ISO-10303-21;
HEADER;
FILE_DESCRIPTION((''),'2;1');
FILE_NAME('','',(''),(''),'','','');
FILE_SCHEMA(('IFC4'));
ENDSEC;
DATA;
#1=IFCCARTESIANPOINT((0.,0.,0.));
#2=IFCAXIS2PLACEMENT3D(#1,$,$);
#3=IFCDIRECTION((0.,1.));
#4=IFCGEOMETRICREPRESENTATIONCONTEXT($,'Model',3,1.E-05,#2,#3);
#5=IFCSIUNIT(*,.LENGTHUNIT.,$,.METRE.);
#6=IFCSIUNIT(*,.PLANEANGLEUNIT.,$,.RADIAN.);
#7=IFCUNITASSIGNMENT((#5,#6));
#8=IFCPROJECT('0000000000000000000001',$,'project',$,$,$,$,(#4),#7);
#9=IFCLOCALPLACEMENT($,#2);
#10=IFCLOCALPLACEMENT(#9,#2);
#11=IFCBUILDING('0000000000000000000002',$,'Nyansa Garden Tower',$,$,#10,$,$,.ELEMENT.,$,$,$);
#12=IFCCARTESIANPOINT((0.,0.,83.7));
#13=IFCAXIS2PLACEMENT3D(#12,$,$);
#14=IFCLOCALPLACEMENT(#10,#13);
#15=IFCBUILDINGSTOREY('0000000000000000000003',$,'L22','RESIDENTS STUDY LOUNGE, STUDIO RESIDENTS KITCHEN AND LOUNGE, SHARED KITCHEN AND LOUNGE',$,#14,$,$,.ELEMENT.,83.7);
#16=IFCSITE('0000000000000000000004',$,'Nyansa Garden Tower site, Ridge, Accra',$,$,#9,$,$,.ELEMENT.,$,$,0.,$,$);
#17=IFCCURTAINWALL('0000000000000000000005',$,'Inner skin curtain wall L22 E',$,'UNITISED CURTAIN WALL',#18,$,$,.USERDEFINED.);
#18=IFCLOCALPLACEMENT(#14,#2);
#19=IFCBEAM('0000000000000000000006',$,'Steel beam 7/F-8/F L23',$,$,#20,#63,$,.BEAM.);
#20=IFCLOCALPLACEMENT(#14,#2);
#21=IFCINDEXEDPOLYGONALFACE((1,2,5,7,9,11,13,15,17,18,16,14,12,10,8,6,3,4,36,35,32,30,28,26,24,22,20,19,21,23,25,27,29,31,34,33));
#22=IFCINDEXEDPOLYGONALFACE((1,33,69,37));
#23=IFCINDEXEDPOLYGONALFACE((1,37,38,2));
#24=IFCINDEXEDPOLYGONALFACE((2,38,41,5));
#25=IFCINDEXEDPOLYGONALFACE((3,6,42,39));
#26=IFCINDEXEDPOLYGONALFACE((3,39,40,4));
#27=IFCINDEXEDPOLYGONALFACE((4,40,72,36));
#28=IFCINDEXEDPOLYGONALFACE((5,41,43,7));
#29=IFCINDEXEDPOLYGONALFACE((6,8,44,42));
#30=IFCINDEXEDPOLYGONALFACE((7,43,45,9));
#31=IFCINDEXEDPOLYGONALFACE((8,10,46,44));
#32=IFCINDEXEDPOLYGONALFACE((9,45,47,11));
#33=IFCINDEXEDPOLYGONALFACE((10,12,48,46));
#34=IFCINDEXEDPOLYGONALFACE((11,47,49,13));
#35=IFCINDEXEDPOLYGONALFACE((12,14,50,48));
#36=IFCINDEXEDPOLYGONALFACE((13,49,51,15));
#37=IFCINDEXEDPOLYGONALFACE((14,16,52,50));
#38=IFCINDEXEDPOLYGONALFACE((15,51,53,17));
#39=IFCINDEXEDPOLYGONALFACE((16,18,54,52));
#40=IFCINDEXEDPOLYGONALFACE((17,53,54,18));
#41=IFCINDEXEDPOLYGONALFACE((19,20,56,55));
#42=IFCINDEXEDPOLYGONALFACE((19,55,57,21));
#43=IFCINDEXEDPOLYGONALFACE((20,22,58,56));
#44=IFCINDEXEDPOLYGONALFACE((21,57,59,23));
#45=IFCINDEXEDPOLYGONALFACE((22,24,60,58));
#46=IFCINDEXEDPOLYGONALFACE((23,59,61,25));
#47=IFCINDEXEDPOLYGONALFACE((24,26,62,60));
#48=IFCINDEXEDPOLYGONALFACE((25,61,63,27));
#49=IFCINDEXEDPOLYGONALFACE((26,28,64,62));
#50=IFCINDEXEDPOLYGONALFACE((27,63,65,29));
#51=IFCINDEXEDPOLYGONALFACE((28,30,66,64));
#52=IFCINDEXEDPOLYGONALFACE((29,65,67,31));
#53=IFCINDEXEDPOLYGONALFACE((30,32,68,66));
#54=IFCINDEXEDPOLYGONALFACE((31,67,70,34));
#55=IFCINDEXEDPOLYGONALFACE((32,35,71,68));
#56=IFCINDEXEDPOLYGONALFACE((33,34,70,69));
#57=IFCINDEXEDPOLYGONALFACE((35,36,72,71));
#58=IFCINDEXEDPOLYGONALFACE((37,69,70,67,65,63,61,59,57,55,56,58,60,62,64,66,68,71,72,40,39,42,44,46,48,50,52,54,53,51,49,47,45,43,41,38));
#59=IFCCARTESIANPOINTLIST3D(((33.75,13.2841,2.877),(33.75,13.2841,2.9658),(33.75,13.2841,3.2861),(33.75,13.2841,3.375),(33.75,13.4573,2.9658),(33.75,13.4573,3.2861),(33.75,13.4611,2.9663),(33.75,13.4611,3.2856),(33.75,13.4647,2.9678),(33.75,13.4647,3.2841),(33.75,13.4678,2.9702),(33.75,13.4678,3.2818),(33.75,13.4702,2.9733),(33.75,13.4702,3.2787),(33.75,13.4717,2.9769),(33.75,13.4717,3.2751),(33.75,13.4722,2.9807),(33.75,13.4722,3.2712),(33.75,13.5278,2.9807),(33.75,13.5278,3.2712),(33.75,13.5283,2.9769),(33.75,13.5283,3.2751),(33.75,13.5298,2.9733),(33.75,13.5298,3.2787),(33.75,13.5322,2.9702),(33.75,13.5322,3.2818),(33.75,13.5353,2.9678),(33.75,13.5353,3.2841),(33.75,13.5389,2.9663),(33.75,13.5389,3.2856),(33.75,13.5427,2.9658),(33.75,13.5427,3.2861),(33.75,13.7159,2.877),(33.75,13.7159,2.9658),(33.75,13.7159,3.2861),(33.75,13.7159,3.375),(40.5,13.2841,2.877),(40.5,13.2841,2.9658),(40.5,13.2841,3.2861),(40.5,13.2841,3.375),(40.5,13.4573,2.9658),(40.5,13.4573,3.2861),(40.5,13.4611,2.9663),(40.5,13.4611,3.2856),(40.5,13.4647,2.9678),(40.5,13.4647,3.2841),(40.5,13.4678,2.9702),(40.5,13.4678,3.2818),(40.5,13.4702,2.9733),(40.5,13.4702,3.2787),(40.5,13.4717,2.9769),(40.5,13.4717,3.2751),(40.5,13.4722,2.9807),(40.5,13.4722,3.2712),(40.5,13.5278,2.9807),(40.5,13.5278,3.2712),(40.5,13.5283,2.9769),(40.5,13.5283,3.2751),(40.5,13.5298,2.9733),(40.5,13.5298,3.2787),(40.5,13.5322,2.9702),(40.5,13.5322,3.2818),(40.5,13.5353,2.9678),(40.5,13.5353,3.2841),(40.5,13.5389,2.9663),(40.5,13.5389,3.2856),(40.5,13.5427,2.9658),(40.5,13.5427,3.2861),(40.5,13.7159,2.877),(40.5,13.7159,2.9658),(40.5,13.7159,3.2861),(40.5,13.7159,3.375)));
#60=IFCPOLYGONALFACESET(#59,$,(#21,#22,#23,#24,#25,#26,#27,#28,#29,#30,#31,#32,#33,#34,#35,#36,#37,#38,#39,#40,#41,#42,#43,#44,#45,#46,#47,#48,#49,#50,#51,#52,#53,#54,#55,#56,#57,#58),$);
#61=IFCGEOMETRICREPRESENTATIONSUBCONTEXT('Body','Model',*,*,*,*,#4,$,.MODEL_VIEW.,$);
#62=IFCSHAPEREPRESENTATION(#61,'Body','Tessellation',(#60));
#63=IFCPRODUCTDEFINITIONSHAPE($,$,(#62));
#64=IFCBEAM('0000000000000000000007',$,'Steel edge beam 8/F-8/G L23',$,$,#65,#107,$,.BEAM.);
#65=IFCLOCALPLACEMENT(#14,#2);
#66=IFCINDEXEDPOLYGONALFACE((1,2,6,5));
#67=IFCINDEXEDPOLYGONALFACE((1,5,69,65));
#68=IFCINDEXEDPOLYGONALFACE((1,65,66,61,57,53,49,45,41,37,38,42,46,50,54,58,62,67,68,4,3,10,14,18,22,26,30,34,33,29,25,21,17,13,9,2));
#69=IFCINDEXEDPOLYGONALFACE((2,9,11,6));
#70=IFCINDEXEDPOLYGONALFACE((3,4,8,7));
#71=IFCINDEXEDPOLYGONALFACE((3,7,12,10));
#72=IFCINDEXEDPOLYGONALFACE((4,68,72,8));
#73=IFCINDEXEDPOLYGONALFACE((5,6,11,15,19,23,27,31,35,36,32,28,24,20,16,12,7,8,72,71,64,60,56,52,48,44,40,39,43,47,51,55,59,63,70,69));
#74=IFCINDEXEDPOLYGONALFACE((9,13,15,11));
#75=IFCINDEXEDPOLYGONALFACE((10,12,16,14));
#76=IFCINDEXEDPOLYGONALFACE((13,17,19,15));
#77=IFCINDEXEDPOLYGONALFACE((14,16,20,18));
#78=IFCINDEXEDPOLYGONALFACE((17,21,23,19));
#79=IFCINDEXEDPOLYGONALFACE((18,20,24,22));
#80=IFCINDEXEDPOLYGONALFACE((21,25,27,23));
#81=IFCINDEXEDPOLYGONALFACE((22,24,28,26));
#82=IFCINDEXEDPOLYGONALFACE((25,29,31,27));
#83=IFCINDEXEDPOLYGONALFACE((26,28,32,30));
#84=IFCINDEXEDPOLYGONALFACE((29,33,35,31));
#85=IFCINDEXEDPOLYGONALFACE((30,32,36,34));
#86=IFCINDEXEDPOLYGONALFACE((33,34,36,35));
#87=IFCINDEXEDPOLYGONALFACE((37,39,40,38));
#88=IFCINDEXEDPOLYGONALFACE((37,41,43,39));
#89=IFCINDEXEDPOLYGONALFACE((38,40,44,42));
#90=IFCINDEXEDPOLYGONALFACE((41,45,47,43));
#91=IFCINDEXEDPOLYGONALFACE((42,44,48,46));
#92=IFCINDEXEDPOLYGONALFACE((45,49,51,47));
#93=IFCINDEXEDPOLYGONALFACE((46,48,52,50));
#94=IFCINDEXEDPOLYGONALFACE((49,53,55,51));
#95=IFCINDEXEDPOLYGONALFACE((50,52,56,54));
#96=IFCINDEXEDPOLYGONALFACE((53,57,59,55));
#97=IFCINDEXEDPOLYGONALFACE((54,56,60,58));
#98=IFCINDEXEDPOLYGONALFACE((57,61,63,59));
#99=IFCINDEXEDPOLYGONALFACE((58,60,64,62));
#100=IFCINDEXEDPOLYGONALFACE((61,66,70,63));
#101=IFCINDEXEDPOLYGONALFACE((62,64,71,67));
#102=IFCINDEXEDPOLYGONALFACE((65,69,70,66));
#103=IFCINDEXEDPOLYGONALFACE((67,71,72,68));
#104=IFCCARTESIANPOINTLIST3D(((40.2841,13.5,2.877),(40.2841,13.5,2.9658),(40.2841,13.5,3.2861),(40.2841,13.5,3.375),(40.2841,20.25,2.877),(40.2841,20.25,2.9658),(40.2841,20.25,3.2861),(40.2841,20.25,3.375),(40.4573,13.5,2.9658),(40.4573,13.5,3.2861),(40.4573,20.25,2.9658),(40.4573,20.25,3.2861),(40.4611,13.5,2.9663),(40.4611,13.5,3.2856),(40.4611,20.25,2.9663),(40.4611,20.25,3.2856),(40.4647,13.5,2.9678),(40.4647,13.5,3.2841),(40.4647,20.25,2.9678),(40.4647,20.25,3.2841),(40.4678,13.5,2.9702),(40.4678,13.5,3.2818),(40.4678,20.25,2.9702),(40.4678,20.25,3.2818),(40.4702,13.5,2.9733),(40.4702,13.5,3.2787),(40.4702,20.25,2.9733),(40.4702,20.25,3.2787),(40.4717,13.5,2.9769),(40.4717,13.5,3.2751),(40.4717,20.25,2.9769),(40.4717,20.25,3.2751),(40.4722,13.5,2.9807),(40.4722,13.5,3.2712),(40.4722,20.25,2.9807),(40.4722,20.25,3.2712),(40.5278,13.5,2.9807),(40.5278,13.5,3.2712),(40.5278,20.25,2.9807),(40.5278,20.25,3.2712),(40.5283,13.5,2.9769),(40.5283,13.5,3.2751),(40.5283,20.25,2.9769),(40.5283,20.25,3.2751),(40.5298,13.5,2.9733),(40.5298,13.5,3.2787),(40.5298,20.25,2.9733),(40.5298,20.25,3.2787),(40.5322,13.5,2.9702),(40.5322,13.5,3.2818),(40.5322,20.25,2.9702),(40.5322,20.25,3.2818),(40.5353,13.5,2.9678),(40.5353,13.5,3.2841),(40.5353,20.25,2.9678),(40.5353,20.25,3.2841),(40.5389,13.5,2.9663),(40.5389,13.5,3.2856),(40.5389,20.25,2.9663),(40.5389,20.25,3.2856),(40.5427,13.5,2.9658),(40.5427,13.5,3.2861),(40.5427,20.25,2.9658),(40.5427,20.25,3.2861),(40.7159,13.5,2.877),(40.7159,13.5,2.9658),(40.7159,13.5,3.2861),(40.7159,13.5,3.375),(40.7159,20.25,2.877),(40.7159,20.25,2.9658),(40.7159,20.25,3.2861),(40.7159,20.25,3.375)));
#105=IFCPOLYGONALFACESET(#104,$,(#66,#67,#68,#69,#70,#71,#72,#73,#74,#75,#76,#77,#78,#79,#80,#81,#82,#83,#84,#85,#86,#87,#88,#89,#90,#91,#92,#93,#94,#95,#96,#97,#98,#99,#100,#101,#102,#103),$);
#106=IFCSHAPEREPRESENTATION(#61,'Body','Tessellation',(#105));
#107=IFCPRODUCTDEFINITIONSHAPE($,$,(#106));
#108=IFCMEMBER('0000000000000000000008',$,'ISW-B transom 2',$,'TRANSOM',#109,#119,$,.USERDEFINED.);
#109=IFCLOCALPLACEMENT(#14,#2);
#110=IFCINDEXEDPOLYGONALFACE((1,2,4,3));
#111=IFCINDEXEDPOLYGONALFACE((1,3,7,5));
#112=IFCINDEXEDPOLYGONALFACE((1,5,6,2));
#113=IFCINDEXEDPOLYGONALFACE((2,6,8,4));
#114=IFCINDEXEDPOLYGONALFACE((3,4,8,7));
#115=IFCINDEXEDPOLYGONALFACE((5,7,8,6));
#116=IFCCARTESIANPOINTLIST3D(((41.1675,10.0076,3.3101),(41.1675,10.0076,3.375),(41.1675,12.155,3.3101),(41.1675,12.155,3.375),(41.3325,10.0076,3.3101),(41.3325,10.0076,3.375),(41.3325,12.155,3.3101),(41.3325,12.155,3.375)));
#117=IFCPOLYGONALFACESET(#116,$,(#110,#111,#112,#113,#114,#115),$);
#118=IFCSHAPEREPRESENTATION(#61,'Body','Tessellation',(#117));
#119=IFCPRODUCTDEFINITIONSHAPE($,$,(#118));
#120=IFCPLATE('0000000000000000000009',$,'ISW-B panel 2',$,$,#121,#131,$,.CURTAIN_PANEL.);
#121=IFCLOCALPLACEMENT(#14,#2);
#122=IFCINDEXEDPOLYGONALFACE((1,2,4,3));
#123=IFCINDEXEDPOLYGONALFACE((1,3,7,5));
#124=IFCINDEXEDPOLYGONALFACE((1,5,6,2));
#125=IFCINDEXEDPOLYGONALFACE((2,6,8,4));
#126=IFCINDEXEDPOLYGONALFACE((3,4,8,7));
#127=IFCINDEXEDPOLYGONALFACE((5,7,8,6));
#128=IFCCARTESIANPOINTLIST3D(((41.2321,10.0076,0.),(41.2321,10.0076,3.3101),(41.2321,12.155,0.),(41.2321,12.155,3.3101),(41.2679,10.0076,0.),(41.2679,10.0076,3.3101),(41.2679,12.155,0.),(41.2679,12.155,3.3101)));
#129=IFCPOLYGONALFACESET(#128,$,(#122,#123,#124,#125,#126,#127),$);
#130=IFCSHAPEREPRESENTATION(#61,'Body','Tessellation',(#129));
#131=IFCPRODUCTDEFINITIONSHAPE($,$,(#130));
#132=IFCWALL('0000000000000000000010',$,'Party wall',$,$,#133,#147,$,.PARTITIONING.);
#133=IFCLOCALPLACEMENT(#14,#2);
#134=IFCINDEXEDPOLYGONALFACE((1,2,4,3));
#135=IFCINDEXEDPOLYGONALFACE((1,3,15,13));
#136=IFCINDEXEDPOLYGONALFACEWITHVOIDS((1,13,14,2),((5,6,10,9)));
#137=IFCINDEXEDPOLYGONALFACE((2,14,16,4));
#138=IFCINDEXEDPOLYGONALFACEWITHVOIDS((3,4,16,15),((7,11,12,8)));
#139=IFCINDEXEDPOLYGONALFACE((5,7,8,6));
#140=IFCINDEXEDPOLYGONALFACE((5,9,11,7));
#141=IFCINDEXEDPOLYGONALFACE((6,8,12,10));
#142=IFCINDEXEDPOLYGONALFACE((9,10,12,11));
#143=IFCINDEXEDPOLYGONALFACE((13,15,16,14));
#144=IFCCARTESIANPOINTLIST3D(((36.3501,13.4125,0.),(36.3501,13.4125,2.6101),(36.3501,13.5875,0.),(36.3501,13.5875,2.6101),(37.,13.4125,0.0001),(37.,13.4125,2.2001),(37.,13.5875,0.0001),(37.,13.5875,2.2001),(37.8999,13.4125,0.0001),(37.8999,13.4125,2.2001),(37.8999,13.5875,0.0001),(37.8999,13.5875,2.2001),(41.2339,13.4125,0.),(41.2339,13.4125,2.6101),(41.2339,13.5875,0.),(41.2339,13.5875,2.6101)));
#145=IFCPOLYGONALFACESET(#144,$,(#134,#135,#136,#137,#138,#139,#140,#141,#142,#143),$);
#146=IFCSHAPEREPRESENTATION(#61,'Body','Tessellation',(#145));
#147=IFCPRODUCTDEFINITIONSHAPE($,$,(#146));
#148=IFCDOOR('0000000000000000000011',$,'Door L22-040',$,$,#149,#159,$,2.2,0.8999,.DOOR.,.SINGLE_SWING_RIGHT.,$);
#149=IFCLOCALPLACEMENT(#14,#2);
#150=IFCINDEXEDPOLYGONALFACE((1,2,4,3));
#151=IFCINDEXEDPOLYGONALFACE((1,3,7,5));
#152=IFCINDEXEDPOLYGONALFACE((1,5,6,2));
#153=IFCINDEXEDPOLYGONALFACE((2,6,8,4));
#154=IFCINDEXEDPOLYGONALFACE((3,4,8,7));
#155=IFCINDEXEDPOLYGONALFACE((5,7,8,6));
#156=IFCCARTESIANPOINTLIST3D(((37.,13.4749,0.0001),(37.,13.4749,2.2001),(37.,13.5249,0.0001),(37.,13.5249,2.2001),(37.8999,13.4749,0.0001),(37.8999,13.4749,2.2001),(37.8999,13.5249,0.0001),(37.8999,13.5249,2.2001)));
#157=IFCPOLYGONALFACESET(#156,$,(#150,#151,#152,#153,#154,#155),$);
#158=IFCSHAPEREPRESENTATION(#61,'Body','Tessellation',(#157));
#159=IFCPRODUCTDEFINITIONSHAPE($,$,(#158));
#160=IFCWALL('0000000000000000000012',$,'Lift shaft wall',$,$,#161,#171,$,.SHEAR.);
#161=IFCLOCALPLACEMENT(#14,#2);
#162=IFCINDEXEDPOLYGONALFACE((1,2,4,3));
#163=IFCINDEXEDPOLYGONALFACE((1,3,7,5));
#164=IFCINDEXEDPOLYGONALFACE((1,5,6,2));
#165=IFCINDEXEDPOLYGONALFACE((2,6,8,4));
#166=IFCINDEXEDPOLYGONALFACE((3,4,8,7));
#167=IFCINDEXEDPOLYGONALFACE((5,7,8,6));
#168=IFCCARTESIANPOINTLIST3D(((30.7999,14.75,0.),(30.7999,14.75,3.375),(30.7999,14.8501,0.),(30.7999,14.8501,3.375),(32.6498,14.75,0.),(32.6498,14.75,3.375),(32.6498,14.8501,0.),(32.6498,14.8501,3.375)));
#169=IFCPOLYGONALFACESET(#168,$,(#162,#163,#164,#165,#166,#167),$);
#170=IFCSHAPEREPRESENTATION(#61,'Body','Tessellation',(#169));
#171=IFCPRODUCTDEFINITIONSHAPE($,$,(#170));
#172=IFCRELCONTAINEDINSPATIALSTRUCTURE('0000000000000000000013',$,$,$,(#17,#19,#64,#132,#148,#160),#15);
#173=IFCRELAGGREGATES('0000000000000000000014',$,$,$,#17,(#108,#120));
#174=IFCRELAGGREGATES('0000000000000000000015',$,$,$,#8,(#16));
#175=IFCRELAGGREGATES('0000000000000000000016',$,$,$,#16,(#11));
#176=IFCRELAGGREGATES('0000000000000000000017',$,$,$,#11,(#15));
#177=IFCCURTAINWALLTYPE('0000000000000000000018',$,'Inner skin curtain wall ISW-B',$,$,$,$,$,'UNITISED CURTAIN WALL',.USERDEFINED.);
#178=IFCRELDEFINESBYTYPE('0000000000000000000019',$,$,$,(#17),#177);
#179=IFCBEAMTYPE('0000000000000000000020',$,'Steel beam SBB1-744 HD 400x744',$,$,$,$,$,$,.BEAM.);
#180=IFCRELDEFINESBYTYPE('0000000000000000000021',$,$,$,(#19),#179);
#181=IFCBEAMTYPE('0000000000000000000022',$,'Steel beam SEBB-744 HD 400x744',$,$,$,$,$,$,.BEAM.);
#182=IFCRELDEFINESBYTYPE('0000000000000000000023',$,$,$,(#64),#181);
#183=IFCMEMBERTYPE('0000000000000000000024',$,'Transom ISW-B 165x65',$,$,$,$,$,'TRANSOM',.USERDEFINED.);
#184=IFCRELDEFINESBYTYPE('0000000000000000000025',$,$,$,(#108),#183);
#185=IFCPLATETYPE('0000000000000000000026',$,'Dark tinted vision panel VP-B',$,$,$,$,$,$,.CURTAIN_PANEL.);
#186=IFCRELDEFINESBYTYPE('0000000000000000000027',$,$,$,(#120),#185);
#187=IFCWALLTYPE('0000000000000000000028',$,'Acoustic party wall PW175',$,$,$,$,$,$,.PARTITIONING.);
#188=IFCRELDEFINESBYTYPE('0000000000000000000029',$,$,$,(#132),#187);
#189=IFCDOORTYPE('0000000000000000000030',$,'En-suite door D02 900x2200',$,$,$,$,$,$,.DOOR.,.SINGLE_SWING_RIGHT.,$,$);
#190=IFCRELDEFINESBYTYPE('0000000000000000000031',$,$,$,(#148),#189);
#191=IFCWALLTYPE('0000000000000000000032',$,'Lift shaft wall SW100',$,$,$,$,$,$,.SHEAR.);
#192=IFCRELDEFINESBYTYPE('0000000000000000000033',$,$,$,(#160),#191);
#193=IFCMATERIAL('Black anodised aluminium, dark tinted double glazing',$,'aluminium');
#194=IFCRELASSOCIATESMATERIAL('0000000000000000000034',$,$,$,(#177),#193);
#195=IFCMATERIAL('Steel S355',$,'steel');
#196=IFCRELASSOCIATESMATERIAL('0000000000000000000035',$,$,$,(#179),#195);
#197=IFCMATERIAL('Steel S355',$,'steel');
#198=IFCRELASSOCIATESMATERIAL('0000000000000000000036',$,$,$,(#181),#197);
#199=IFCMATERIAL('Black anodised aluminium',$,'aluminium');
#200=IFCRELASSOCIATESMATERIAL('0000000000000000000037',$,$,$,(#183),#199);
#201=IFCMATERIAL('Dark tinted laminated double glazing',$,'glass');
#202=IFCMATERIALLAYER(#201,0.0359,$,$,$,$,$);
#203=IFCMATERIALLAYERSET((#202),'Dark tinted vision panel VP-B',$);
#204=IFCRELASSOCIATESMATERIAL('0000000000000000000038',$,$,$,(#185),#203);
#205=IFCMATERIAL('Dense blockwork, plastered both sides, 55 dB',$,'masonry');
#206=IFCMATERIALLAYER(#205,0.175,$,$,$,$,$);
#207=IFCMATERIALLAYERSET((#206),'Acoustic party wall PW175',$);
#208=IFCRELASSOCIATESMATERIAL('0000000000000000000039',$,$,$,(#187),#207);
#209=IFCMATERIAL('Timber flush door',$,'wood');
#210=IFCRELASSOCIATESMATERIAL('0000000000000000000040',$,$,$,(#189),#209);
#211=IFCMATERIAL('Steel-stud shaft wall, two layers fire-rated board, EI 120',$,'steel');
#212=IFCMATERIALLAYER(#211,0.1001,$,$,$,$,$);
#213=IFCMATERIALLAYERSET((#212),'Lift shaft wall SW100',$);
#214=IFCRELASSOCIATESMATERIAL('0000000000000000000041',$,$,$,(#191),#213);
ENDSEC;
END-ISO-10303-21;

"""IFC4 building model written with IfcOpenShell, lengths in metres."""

from ifc_helpers import new_model, si_unit, direction, frame, frame_2d, origin, origin_2d, place, context, subcontext, project, spatial, rectangle, i_section, extrude, material, layer, layer_set, material_profile, profile_set, type_object, element, fill, aggregate, save


model = new_model("IFC4")

# Units and contexts
model_context = context("Model", 3, precision=1e-05, world=origin(), true_north=direction((0.0, 1.0)))
body_context = subcontext(model_context, "Body", "Model", "MODEL_VIEW")
ifc_project = project(units=[si_unit("LENGTHUNIT", "METRE"), si_unit("PLANEANGLEUNIT", "RADIAN")], contexts=[model_context])

# Site, building, storey
site_placement = place(None, origin())
site = spatial("IfcSite", under=ifc_project, at=site_placement, Name="Nyansa Garden Tower site, Ridge, Accra", CompositionType="ELEMENT", RefElevation=0.0)
building_placement = place(site_placement, origin())
building = spatial("IfcBuilding", under=site, at=building_placement, Name="Nyansa Garden Tower", CompositionType="ELEMENT")
storey_placement = place(building_placement, frame((0.0, 0.0, 83.7)))
storey = spatial("IfcBuildingStorey", under=building, at=storey_placement, Name="L22", Description="RESIDENTS STUDY LOUNGE, STUDIO RESIDENTS KITCHEN AND LOUNGE, SHARED KITCHEN AND LOUNGE", CompositionType="ELEMENT", Elevation=83.7)

# Curtain wall
ifc_material_1 = material(Name="Black anodised aluminium, dark tinted double glazing", Category="aluminium")
curtain_wall_type = type_object("IfcCurtainWallType", Name="Inner skin curtain wall ISW-B", ElementType="UNITISED CURTAIN WALL", PredefinedType="USERDEFINED", material=ifc_material_1)
curtain_wall_placement = place(storey_placement, origin())
curtain_wall = element("IfcCurtainWall", 1, at=curtain_wall_placement, inside=storey, type_object=curtain_wall_type, Name="Inner skin curtain wall L22 E", ObjectType="UNITISED CURTAIN WALL", PredefinedType="USERDEFINED")

# Beams
ifc_material_2 = material(Name="Steel S355", Category="steel")
ifc_material_profile_1 = material_profile(ifc_material_2, i_section(OverallWidth=0.4319, OverallDepth=0.498, WebThickness=0.0557, FlangeThickness=0.0889, FilletRadius=0.0149, at=origin_2d()), Name="HD 400x744")
ifc_profile_set_1 = profile_set([ifc_material_profile_1], Name="Steel S355")
beam_type_1 = type_object("IfcBeamType", Name="Steel beam SBB1-744 HD 400x744", PredefinedType="BEAM", material=ifc_profile_set_1)
for number, where, z_axis, x_axis, name in (
    (2, (33.75, 13.5, 3.126), (1.0, 0.0, 0.0), (0.0, 1.0, 0.0), "Steel beam 7/F-8/F L23"),
):
    element("IfcBeam", number, at=place(storey_placement, frame(where, z_axis=z_axis, x_axis=x_axis)), inside=storey, type_object=beam_type_1, Name=name, PredefinedType="BEAM", context=body_context, shape_type="SweptSolid", body=[
        extrude(i_section(OverallWidth=0.4319, OverallDepth=0.498, WebThickness=0.0557, FlangeThickness=0.0889, FilletRadius=0.0149, at=origin_2d()), origin(), (0.0, 0.0, 1.0), 6.75),
    ])
ifc_material_3 = material(Name="Steel S355", Category="steel")
ifc_material_profile_2 = material_profile(ifc_material_3, i_section(OverallWidth=0.4319, OverallDepth=0.498, WebThickness=0.0557, FlangeThickness=0.0889, FilletRadius=0.0149, at=origin_2d()), Name="HD 400x744")
ifc_profile_set_2 = profile_set([ifc_material_profile_2], Name="Steel S355")
beam_type_2 = type_object("IfcBeamType", Name="Steel beam SEBB-744 HD 400x744", PredefinedType="BEAM", material=ifc_profile_set_2)
beam_1_placement = place(storey_placement, frame((40.5, 13.5, 3.126), z_axis=(0.0, 1.0, 0.0), x_axis=(-1.0, 0.0, 0.0)))
element("IfcBeam", 3, at=beam_1_placement, inside=storey, type_object=beam_type_2, Name="Steel edge beam 8/F-8/G L23", PredefinedType="BEAM", context=body_context, shape_type="SweptSolid", body=[
    extrude(i_section(OverallWidth=0.4319, OverallDepth=0.498, WebThickness=0.0557, FlangeThickness=0.0889, FilletRadius=0.0149, at=origin_2d()), origin(), (0.0, 0.0, 1.0), 6.75),
])

# Member
ifc_material_4 = material(Name="Black anodised aluminium", Category="aluminium")
ifc_material_profile_3 = material_profile(ifc_material_4, rectangle(XDim=0.165, YDim=0.0649, at=origin_2d()), Name="Transom 165x65")
ifc_profile_set_3 = profile_set([ifc_material_profile_3], Name="Black anodised aluminium")
member_type_1 = type_object("IfcMemberType", Name="Transom ISW-B 165x65", ElementType="TRANSOM", PredefinedType="USERDEFINED", material=ifc_profile_set_3)
member_1_placement = place(storey_placement, frame((41.25, 10.0076, 3.3425), z_axis=(0.0, 1.0, 0.0), x_axis=(-1.0, 0.0, 0.0)))
member_1 = element("IfcMember", 4, at=member_1_placement, type_object=member_type_1, Name="ISW-B transom 2", ObjectType="TRANSOM", PredefinedType="USERDEFINED", context=body_context, shape_type="SweptSolid", body=[
    extrude(rectangle(XDim=0.165, YDim=0.0649, at=origin_2d()), origin(), (0.0, 0.0, 1.0), 2.1475),
])

# Plate
ifc_material_5 = material(Name="Dark tinted laminated double glazing", Category="glass")
ifc_layer_1 = layer(ifc_material_5, 0.0359)
ifc_layer_set_1 = layer_set([ifc_layer_1], Name="Dark tinted vision panel VP-B")
plate_type = type_object("IfcPlateType", Name="Dark tinted vision panel VP-B", PredefinedType="CURTAIN_PANEL", material=ifc_layer_set_1)
plate_placement = place(storey_placement, frame((41.25, 11.0813, 0.0), z_axis=(0.0, 0.0, 1.0), x_axis=(0.0, 1.0, 0.0)))
plate = element("IfcPlate", 5, at=plate_placement, type_object=plate_type, Name="ISW-B panel 2", PredefinedType="CURTAIN_PANEL", context=body_context, shape_type="SweptSolid", body=[
    extrude(rectangle(XDim=2.1475, YDim=0.0359, at=origin_2d()), origin(), (0.0, 0.0, 1.0), 3.3101),
])
aggregate(curtain_wall, [member_1, plate])

# Wall, opening, door
ifc_material_6 = material(Name="Dense blockwork, plastered both sides, 55 dB", Category="masonry")
ifc_layer_2 = layer(ifc_material_6, 0.175)
ifc_layer_set_2 = layer_set([ifc_layer_2], Name="Acoustic party wall PW175")
wall_type_1 = type_object("IfcWallType", Name="Acoustic party wall PW175", PredefinedType="PARTITIONING", material=ifc_layer_set_2)
wall_1_placement = place(storey_placement, frame((36.3501, 13.5, 0.0), z_axis=(0.0, 0.0, 1.0), x_axis=(1.0, 0.0, 0.0)))
wall_1 = element("IfcWall", 6, at=wall_1_placement, inside=storey, type_object=wall_type_1, Name="Party wall", PredefinedType="PARTITIONING", context=body_context, shape_type="SweptSolid", body=[
    extrude(rectangle(XDim=4.8838, YDim=0.175, at=frame_2d((2.4419, 0.0))), origin(), (0.0, 0.0, 1.0), 2.6101),
])
opening_1_placement = place(wall_1_placement, frame((0.6499, 0.0, 0.0)))
opening_1 = element("IfcOpeningElement", 7, at=opening_1_placement, cuts=wall_1, PredefinedType="OPENING", context=body_context, shape_type="SweptSolid", body=[
    extrude(rectangle(XDim=0.8999, YDim=2.2, at=frame_2d((0.45, 1.1001))), frame((0.0, 0.0974, 0.0), z_axis=(0.0, -1.0, 0.0), x_axis=(1.0, 0.0, 0.0)), (0.0, 0.0, 1.0), 0.1951),
])
ifc_material_7 = material(Name="Timber flush door", Category="wood")
door_type_1 = type_object("IfcDoorType", Name="En-suite door D02 900x2200", OperationType="SINGLE_SWING_RIGHT", PredefinedType="DOOR", material=ifc_material_7)
door_1_placement = place(opening_1_placement, origin())
door_1 = element("IfcDoor", 8, at=door_1_placement, inside=storey, type_object=door_type_1, Name="Door L22-040", OperationType="SINGLE_SWING_RIGHT", OverallHeight=2.2, OverallWidth=0.8999, PredefinedType="DOOR", context=body_context, shape_type="SweptSolid", body=[
    extrude(rectangle(XDim=0.8999, YDim=2.2, at=frame_2d((0.45, 1.1001))), frame((0.0, 0.0249, 0.0), z_axis=(0.0, -1.0, 0.0), x_axis=(1.0, 0.0, 0.0)), (0.0, 0.0, 1.0), 0.05),
])
fill(opening_1, door_1)

# Wall
ifc_material_8 = material(Name="Steel-stud shaft wall, two layers fire-rated board, EI 120", Category="steel")
ifc_layer_3 = layer(ifc_material_8, 0.1001)
ifc_layer_set_3 = layer_set([ifc_layer_3], Name="Lift shaft wall SW100")
wall_type_2 = type_object("IfcWallType", Name="Lift shaft wall SW100", PredefinedType="SHEAR", material=ifc_layer_set_3)
wall_2_placement = place(storey_placement, frame((30.8, 14.8, 0.0), z_axis=(0.0, 0.0, 1.0), x_axis=(1.0, 0.0, 0.0)))
element("IfcWall", 9, at=wall_2_placement, inside=storey, type_object=wall_type_2, Name="Lift shaft wall", PredefinedType="SHEAR", context=body_context, shape_type="SweptSolid", body=[
    extrude(rectangle(XDim=1.8499, YDim=0.1001, at=frame_2d((0.9248, 0.0))), origin(), (0.0, 0.0, 1.0), 3.375),
])

save(model, "model.ifc")
